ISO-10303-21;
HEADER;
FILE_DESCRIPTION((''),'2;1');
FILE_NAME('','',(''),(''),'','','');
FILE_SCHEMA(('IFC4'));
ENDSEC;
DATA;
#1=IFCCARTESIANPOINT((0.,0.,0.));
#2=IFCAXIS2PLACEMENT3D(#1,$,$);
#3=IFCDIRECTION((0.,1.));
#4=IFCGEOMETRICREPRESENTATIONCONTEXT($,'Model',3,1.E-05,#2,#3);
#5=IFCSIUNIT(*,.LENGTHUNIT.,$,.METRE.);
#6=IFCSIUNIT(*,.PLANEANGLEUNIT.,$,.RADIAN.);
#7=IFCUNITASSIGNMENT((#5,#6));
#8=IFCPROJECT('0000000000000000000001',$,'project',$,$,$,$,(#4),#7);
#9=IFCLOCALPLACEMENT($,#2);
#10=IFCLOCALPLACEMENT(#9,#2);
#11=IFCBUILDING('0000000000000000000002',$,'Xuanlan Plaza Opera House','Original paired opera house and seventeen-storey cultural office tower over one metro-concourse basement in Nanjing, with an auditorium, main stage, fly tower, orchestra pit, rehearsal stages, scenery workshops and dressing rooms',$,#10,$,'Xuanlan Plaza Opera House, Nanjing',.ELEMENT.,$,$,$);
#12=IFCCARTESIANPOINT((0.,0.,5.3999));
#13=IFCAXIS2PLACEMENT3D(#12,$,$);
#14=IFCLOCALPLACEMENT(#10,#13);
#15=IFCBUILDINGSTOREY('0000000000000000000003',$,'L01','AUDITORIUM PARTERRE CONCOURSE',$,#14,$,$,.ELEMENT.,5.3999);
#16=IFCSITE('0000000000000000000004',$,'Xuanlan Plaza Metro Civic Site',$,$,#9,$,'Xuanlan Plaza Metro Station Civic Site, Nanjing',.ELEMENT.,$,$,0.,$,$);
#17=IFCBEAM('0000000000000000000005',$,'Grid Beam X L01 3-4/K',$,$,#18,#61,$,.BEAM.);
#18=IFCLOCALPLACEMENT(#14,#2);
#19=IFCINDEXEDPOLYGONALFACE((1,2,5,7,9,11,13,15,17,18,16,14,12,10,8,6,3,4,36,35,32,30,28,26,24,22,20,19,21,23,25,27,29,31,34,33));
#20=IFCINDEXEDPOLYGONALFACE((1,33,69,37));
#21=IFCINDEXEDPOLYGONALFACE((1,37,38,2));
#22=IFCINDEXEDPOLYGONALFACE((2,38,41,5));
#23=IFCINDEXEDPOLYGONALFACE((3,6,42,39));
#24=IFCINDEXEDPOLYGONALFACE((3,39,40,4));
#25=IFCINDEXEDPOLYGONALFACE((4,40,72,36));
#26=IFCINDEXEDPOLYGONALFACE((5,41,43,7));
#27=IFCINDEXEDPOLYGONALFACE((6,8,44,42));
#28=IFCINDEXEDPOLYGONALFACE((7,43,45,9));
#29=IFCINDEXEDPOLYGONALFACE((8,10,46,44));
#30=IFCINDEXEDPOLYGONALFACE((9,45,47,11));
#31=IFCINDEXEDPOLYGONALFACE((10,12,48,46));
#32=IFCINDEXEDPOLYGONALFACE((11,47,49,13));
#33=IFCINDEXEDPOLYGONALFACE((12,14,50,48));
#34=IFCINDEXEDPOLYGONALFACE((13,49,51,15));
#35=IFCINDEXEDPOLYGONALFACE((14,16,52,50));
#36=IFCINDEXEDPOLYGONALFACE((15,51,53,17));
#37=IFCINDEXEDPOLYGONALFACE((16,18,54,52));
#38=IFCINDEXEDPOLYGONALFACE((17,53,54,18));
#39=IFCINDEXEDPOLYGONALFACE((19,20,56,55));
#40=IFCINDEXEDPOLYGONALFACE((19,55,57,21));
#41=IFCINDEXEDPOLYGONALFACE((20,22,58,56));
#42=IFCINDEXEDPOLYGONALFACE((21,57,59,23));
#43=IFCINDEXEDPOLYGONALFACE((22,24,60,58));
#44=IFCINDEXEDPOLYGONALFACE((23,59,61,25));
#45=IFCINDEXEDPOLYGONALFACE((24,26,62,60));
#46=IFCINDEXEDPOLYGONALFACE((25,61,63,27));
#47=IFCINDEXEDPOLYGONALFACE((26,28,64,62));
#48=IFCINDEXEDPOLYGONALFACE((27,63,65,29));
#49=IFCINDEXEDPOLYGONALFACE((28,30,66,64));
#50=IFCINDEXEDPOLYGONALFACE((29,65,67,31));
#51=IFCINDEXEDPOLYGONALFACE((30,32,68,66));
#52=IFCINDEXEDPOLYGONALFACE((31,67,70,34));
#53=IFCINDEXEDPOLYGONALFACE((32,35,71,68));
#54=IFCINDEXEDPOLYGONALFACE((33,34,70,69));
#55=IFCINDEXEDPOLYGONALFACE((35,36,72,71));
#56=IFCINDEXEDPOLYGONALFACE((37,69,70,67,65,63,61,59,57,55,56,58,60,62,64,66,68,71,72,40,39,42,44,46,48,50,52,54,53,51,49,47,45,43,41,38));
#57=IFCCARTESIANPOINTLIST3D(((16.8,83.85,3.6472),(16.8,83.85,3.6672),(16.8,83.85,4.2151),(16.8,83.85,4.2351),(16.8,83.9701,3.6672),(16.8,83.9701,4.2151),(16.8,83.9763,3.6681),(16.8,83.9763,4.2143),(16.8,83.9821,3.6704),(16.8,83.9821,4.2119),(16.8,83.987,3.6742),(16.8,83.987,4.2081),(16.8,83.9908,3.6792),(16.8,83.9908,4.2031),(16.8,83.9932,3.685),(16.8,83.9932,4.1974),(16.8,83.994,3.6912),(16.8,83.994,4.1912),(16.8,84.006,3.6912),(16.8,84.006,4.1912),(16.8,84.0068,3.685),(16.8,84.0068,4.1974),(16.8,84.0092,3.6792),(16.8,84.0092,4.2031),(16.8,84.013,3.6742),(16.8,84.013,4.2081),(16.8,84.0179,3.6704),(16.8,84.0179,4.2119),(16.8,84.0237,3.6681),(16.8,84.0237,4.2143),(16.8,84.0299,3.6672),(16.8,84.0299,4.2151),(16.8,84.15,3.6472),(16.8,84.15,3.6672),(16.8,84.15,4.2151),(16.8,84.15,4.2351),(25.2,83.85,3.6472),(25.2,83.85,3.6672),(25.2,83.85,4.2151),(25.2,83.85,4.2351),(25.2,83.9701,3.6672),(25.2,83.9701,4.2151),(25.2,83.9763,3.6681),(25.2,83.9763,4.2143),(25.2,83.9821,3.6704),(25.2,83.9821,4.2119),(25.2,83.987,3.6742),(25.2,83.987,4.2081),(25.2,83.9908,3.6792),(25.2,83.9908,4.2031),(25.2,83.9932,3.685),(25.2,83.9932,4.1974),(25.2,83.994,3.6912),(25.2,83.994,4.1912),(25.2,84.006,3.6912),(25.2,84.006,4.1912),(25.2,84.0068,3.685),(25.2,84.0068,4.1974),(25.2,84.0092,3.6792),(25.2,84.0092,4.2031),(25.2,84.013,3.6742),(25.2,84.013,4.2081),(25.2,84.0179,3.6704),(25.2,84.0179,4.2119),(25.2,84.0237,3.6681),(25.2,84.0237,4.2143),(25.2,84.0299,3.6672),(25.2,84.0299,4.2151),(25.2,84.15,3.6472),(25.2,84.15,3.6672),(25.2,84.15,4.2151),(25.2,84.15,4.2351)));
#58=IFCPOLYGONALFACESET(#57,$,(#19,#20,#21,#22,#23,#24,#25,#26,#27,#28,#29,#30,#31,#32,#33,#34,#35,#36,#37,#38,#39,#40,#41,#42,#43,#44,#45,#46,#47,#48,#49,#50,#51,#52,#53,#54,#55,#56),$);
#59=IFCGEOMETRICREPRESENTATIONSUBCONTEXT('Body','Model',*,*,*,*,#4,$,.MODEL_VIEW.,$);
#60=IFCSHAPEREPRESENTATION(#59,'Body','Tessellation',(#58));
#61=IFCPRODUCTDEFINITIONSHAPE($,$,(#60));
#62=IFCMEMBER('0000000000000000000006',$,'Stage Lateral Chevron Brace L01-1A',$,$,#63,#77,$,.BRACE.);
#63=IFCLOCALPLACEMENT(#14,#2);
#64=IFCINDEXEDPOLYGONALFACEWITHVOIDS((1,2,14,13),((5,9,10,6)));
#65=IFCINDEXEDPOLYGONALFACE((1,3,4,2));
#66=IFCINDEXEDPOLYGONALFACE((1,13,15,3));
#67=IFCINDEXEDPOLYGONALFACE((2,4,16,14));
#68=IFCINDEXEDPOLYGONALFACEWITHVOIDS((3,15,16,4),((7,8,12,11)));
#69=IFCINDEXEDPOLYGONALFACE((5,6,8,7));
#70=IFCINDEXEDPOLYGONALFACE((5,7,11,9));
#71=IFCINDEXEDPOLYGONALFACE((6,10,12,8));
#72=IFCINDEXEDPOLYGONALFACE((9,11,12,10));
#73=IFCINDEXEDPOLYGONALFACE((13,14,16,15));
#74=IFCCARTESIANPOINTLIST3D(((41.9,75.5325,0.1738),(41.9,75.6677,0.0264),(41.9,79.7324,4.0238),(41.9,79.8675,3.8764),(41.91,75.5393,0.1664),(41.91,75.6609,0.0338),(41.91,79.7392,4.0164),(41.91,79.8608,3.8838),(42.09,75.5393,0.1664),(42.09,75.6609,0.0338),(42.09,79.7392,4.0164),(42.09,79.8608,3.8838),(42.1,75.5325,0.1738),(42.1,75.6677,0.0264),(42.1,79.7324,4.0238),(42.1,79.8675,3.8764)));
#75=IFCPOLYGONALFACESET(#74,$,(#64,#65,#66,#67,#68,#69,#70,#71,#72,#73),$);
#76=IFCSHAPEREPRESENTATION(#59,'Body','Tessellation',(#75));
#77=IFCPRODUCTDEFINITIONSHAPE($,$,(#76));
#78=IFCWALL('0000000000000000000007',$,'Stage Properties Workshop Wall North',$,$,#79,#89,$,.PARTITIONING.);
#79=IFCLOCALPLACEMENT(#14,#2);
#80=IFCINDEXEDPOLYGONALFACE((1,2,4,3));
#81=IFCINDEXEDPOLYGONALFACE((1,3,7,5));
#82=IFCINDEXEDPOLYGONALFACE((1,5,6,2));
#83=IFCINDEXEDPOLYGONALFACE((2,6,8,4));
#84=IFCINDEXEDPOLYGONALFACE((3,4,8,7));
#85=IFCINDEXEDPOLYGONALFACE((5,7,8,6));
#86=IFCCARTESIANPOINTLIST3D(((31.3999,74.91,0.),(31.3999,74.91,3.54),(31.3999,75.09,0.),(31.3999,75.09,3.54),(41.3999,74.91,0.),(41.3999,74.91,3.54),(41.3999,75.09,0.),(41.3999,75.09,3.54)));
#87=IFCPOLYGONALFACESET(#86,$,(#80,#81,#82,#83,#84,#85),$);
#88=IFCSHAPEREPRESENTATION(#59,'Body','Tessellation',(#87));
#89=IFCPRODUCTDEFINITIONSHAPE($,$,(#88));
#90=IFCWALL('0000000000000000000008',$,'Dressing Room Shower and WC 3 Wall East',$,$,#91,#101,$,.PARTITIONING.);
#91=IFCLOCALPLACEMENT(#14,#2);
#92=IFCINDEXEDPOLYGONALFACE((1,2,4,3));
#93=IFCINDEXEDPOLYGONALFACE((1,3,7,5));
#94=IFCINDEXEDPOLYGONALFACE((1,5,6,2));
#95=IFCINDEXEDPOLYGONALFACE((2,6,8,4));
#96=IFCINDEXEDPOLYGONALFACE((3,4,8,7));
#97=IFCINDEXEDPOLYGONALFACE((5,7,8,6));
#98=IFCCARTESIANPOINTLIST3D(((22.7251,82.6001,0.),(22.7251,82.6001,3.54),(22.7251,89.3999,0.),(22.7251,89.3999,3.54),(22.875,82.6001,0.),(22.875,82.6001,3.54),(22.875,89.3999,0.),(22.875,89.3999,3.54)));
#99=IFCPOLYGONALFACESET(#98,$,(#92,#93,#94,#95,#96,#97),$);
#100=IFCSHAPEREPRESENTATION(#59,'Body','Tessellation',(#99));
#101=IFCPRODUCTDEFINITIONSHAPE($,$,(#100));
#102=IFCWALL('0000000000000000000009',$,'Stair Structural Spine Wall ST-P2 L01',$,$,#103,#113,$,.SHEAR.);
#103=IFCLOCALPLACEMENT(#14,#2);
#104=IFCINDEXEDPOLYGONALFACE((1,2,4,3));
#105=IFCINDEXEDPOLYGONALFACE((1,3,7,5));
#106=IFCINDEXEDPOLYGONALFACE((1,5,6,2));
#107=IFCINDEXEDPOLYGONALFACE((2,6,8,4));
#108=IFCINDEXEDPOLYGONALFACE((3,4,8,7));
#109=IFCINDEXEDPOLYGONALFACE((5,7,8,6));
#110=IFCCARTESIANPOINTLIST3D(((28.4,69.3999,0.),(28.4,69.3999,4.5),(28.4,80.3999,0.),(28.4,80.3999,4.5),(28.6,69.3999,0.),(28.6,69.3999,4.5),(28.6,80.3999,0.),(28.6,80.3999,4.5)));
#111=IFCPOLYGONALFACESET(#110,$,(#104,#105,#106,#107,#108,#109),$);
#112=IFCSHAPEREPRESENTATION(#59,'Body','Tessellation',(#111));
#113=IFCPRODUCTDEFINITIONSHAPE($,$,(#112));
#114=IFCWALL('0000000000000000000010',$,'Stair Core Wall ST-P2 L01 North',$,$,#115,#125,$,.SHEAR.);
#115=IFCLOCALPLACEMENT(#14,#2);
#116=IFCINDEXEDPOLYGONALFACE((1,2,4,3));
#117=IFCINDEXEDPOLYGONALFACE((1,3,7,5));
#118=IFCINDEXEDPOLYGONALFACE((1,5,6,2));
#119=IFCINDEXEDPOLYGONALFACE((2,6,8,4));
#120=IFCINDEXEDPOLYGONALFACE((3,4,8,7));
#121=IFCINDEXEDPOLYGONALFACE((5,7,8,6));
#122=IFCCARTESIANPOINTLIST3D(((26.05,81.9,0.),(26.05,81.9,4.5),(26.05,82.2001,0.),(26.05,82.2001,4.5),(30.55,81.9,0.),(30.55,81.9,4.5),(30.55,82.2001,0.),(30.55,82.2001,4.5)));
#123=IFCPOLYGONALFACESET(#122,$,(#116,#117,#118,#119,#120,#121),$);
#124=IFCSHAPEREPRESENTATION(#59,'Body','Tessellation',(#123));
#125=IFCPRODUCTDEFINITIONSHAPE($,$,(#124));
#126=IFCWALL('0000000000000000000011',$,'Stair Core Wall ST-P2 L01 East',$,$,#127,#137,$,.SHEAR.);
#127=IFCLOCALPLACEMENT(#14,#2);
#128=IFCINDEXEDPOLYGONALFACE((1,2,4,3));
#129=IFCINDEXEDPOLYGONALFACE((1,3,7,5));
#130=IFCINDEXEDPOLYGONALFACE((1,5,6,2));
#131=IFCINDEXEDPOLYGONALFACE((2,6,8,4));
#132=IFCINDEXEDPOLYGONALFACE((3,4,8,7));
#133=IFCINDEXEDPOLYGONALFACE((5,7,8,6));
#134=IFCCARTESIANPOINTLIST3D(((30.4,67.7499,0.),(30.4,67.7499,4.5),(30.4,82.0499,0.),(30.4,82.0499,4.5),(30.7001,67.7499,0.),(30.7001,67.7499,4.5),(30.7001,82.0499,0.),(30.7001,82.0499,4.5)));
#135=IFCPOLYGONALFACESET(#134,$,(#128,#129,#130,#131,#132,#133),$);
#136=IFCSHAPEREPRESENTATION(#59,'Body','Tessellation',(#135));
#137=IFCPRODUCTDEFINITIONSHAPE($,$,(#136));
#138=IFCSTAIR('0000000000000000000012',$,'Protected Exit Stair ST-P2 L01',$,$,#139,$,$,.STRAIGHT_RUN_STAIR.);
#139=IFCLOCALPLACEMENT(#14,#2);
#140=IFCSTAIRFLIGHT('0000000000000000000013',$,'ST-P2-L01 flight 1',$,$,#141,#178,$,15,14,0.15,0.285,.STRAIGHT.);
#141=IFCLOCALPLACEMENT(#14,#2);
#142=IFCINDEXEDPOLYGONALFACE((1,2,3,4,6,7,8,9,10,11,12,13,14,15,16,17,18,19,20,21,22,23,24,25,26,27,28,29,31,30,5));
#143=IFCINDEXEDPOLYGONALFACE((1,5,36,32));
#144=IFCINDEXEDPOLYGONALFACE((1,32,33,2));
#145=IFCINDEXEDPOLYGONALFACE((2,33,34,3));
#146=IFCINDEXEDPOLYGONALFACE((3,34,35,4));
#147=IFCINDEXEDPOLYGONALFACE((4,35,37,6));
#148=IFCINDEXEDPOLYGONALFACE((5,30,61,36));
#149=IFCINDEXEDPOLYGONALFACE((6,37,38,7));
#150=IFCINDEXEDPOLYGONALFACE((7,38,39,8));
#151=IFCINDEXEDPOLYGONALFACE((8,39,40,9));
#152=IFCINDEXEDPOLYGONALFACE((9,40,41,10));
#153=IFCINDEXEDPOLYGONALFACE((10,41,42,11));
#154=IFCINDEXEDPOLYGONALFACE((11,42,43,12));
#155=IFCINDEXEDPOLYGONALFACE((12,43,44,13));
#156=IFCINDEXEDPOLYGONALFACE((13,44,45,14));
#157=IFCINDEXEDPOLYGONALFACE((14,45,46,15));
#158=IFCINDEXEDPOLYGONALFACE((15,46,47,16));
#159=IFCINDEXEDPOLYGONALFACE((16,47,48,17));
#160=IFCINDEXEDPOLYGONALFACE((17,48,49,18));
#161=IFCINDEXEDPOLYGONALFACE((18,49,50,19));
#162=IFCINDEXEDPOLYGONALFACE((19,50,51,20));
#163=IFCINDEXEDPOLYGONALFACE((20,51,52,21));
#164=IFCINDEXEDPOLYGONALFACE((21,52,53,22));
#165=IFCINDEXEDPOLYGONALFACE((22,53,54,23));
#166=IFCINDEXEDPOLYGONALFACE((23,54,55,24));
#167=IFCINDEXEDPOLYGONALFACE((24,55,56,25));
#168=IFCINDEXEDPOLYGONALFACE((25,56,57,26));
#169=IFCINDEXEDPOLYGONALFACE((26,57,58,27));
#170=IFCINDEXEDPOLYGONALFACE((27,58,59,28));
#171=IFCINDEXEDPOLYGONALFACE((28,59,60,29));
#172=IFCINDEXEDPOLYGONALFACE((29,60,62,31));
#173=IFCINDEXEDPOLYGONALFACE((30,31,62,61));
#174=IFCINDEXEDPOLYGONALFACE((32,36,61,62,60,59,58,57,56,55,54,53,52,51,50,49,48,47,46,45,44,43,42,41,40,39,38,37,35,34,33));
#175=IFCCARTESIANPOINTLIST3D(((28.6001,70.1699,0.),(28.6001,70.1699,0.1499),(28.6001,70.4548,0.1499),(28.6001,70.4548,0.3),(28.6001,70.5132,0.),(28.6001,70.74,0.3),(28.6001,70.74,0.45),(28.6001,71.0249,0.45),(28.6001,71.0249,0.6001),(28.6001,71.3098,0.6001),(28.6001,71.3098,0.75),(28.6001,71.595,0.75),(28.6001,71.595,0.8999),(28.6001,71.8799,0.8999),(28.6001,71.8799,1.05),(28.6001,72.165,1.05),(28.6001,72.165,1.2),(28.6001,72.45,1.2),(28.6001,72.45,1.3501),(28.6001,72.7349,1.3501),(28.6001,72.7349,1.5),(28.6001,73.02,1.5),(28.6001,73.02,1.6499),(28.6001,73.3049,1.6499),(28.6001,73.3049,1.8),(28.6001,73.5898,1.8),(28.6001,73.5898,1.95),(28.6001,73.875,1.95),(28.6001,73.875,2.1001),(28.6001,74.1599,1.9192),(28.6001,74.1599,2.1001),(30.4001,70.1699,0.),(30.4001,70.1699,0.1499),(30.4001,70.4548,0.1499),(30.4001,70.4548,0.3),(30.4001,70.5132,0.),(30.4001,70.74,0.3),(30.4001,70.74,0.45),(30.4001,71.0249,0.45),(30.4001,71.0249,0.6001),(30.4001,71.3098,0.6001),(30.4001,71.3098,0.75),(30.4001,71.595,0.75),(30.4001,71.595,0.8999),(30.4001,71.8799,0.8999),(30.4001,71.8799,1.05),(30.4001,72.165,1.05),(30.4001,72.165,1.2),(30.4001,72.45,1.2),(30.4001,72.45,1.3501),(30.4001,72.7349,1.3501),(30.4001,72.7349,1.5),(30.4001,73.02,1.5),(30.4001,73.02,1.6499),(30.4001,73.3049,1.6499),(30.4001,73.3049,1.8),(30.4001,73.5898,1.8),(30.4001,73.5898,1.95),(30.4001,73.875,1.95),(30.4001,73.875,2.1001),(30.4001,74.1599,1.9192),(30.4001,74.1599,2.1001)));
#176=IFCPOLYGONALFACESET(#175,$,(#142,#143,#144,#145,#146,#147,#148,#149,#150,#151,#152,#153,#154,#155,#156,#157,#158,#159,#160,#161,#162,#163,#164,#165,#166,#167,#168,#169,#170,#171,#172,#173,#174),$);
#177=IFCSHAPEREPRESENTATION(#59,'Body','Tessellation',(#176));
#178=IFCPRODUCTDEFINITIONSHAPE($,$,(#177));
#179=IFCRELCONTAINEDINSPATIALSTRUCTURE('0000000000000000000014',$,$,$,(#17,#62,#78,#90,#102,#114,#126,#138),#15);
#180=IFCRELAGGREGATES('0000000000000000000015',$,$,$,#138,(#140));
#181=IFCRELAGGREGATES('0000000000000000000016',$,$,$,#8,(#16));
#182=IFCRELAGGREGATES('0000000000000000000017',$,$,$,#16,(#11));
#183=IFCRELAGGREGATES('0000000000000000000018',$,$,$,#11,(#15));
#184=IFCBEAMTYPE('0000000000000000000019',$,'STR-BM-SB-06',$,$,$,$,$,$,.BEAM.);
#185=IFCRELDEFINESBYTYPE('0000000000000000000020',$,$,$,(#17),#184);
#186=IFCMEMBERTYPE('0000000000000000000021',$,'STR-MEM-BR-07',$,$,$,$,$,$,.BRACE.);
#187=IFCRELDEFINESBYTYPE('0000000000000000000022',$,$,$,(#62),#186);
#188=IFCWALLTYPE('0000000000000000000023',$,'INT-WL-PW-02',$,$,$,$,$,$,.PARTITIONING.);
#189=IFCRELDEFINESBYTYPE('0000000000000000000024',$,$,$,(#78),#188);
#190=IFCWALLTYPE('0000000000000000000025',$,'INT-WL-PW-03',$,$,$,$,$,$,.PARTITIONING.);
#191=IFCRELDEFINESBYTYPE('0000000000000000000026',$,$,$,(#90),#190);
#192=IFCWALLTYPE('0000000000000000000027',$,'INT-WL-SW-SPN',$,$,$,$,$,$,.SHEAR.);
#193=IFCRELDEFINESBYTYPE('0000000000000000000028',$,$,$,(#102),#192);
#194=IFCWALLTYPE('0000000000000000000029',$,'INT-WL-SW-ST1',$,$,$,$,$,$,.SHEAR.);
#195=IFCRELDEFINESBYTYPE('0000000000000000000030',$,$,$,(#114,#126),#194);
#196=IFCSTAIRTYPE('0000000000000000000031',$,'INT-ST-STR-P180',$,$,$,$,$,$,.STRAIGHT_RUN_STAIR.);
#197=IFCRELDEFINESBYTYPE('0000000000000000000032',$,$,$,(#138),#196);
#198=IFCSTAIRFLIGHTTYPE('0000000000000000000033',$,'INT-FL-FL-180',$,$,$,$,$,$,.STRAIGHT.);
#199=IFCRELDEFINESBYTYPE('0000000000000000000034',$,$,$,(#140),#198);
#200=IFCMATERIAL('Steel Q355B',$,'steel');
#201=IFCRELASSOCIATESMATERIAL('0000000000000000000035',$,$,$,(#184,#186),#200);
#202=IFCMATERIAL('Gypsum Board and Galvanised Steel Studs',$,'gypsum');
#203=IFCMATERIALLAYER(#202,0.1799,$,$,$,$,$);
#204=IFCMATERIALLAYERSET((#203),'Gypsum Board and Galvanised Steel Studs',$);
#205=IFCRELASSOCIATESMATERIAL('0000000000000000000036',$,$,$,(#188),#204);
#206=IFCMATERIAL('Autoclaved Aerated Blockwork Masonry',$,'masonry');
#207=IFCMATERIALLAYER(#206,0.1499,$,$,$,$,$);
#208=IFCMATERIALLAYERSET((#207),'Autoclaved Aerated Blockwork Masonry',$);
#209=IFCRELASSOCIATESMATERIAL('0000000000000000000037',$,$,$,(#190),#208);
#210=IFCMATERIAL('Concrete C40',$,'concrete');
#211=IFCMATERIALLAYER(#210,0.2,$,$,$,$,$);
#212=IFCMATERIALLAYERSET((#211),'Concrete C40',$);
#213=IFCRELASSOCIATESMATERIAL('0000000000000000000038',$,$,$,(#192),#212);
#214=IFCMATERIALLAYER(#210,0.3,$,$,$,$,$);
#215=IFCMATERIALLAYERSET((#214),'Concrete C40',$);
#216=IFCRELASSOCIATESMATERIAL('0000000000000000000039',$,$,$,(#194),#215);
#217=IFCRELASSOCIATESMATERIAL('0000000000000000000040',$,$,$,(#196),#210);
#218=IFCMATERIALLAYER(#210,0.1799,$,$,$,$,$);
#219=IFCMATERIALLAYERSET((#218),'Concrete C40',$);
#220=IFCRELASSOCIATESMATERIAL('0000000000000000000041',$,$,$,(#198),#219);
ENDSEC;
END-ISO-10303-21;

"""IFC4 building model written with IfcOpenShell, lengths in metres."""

from ifc_helpers import new_model, si_unit, direction, frame, frame_2d, origin, origin_2d, place, context, subcontext, project, spatial, polyline, rectangle, hollow_rectangle, i_section, outline, extrude, material, layer, layer_set, material_profile, profile_set, type_object, element, aggregate, save


model = new_model("IFC4")

# Units and contexts
model_context = context("Model", 3, precision=1e-05, world=origin(), true_north=direction((0.0, 1.0)))
body_context = subcontext(model_context, "Body", "Model", "MODEL_VIEW")
ifc_project = project(units=[si_unit("LENGTHUNIT", "METRE"), si_unit("PLANEANGLEUNIT", "RADIAN")], contexts=[model_context])

# Site, building, storey
site_placement = place(None, origin())
site = spatial("IfcSite", under=ifc_project, at=site_placement, Name="Xuanlan Plaza Metro Civic Site", LongName="Xuanlan Plaza Metro Station Civic Site, Nanjing", CompositionType="ELEMENT", RefElevation=0.0)
building_placement = place(site_placement, origin())
building = spatial("IfcBuilding", under=site, at=building_placement, Name="Xuanlan Plaza Opera House", Description="Original paired opera house and seventeen-storey cultural office tower over one metro-concourse basement in Nanjing, with an auditorium, main stage, fly tower, orchestra pit, rehearsal stages, scenery workshops and dressing rooms", LongName="Xuanlan Plaza Opera House, Nanjing", CompositionType="ELEMENT")
storey_placement = place(building_placement, frame((0.0, 0.0, 5.3999)))
storey = spatial("IfcBuildingStorey", under=building, at=storey_placement, Name="L01", Description="AUDITORIUM PARTERRE CONCOURSE", CompositionType="ELEMENT", Elevation=5.3999)

# Shared definitions
ifc_material_1 = material(Name="Concrete C40", Category="concrete")

# Beam
ifc_material_2 = material(Name="Steel Q355B", Category="steel")
ifc_material_profile_1 = material_profile(ifc_material_2, i_section(OverallWidth=0.3, OverallDepth=0.5879, WebThickness=0.012, FlangeThickness=0.02, FilletRadius=0.0239, at=origin_2d()), Name="HM 588x300x12x20")
ifc_profile_set_1 = profile_set([ifc_material_profile_1], Name="Steel Q355B")
beam_type_1 = type_object("IfcBeamType", Name="STR-BM-SB-06", PredefinedType="BEAM", material=ifc_profile_set_1)
beam_1_placement = place(storey_placement, frame((16.8, 84.0, 3.9412), z_axis=(1.0, 0.0, 0.0), x_axis=(0.0, 1.0, 0.0)))
element("IfcBeam", 1, at=beam_1_placement, inside=storey, type_object=beam_type_1, Name="Grid Beam X L01 3-4/K", PredefinedType="BEAM", context=body_context, shape_type="SweptSolid", body=[
    extrude(i_section(OverallWidth=0.3, OverallDepth=0.5879, WebThickness=0.012, FlangeThickness=0.02, FilletRadius=0.0239, at=origin_2d()), origin(), (0.0, 0.0, 1.0), 8.3999),
])

# Member
ifc_material_profile_2 = material_profile(ifc_material_2, hollow_rectangle(XDim=0.2, YDim=0.2, WallThickness=0.01, at=origin_2d()), Name="SHS 200x200x10")
ifc_profile_set_2 = profile_set([ifc_material_profile_2], Name="Steel Q355B")
member_type = type_object("IfcMemberType", Name="STR-MEM-BR-07", PredefinedType="BRACE", material=ifc_profile_set_2)
member_placement = place(storey_placement, frame((42.0, 75.6001, 0.1001), z_axis=(0.0, 0.737142, 0.675738), x_axis=(-1.0, 0.0, 0.0)))
element("IfcMember", 2, at=member_placement, inside=storey, type_object=member_type, Name="Stage Lateral Chevron Brace L01-1A", PredefinedType="BRACE", context=body_context, shape_type="SweptSolid", body=[
    extrude(hollow_rectangle(XDim=0.2, YDim=0.2, WallThickness=0.01, at=origin_2d()), origin(), (0.0, 0.0, 1.0), 5.6975),
])

# Walls
ifc_material_3 = material(Name="Gypsum Board and Galvanised Steel Studs", Category="gypsum")
ifc_layer_1 = layer(ifc_material_3, 0.1799)
ifc_layer_set_1 = layer_set([ifc_layer_1], Name="Gypsum Board and Galvanised Steel Studs")
wall_type_1 = type_object("IfcWallType", Name="INT-WL-PW-02", PredefinedType="PARTITIONING", material=ifc_layer_set_1)
wall_1_placement = place(storey_placement, frame((31.3999, 75.0, 0.0), z_axis=(0.0, 0.0, 1.0), x_axis=(1.0, 0.0, 0.0)))
element("IfcWall", 3, at=wall_1_placement, inside=storey, type_object=wall_type_1, Name="Stage Properties Workshop Wall North", PredefinedType="PARTITIONING", context=body_context, shape_type="SweptSolid", body=[
    extrude(rectangle(XDim=10.0, YDim=0.1799, at=frame_2d((5.0, 0.0))), origin(), (0.0, 0.0, 1.0), 3.54),
])
ifc_material_4 = material(Name="Autoclaved Aerated Blockwork Masonry", Category="masonry")
ifc_layer_2 = layer(ifc_material_4, 0.1499)
ifc_layer_set_2 = layer_set([ifc_layer_2], Name="Autoclaved Aerated Blockwork Masonry")
wall_type_2 = type_object("IfcWallType", Name="INT-WL-PW-03", PredefinedType="PARTITIONING", material=ifc_layer_set_2)
wall_2_placement = place(storey_placement, frame((22.8, 82.6001, 0.0), z_axis=(0.0, 0.0, 1.0), x_axis=(0.0, 1.0, 0.0)))
element("IfcWall", 4, at=wall_2_placement, inside=storey, type_object=wall_type_2, Name="Dressing Room Shower and WC 3 Wall East", PredefinedType="PARTITIONING", context=body_context, shape_type="SweptSolid", body=[
    extrude(rectangle(XDim=6.7998, YDim=0.1499, at=frame_2d((3.3999, 0.0))), origin(), (0.0, 0.0, 1.0), 3.54),
])
ifc_layer_3 = layer(ifc_material_1, 0.2)
ifc_layer_set_3 = layer_set([ifc_layer_3], Name="Concrete C40")
wall_type_3 = type_object("IfcWallType", Name="INT-WL-SW-SPN", PredefinedType="SHEAR", material=ifc_layer_set_3)
wall_3_placement = place(storey_placement, frame((28.5, 69.3999, 0.0), z_axis=(0.0, 0.0, 1.0), x_axis=(0.0, 1.0, 0.0)))
element("IfcWall", 5, at=wall_3_placement, inside=storey, type_object=wall_type_3, Name="Stair Structural Spine Wall ST-P2 L01", PredefinedType="SHEAR", context=body_context, shape_type="SweptSolid", body=[
    extrude(rectangle(XDim=11.0, YDim=0.2, at=frame_2d((5.5, 0.0))), origin(), (0.0, 0.0, 1.0), 4.5),
])
ifc_layer_4 = layer(ifc_material_1, 0.3)
ifc_layer_set_4 = layer_set([ifc_layer_4], Name="Concrete C40")
wall_type_4 = type_object("IfcWallType", Name="INT-WL-SW-ST1", PredefinedType="SHEAR", material=ifc_layer_set_4)
wall_4_placement = place(storey_placement, frame((26.05, 82.05, 0.0), z_axis=(0.0, 0.0, 1.0), x_axis=(1.0, 0.0, 0.0)))
element("IfcWall", 6, at=wall_4_placement, inside=storey, type_object=wall_type_4, Name="Stair Core Wall ST-P2 L01 North", PredefinedType="SHEAR", context=body_context, shape_type="SweptSolid", body=[
    extrude(rectangle(XDim=4.5, YDim=0.3, at=frame_2d((2.25, 0.0))), origin(), (0.0, 0.0, 1.0), 4.5),
])
wall_5_placement = place(storey_placement, frame((30.55, 67.75, 0.0), z_axis=(0.0, 0.0, 1.0), x_axis=(0.0, 1.0, 0.0)))
element("IfcWall", 7, at=wall_5_placement, inside=storey, type_object=wall_type_4, Name="Stair Core Wall ST-P2 L01 East", PredefinedType="SHEAR", context=body_context, shape_type="SweptSolid", body=[
    extrude(rectangle(XDim=14.3, YDim=0.3, at=frame_2d((7.1499, 0.0))), origin(), (0.0, 0.0, 1.0), 4.5),
])

# Stair, stair flight
stair_type = type_object("IfcStairType", Name="INT-ST-STR-P180", PredefinedType="STRAIGHT_RUN_STAIR", material=ifc_material_1)
stair_placement = place(storey_placement, origin())
stair = element("IfcStair", 8, at=stair_placement, inside=storey, type_object=stair_type, Name="Protected Exit Stair ST-P2 L01", PredefinedType="STRAIGHT_RUN_STAIR")
ifc_layer_5 = layer(ifc_material_1, 0.1799)
ifc_layer_set_5 = layer_set([ifc_layer_5], Name="Concrete C40")
stair_flight_type = type_object("IfcStairFlightType", Name="INT-FL-FL-180", PredefinedType="STRAIGHT", material=ifc_layer_set_5)
stair_flight_1_placement = place(storey_placement, frame((29.5, 70.1699, 0.0), z_axis=(0.0, 0.0, 1.0), x_axis=(0.0, 1.0, 0.0)))
stair_flight_1 = element("IfcStairFlight", 9, at=stair_flight_1_placement, type_object=stair_flight_type, Name="ST-P2-L01 flight 1", NumberOfRisers=15, NumberOfTreads=14, PredefinedType="STRAIGHT", RiserHeight=0.15, TreadLength=0.285, context=body_context, shape_type="SweptSolid", body=[
    extrude(outline(polyline([(0.0, 0.0), (0.0, 0.1499), (0.2849, 0.1499), (0.2849, 0.3), (0.5701, 0.3), (0.5701, 0.45), (0.855, 0.45), (0.855, 0.6001), (1.1399, 0.6001), (1.1399, 0.75), (1.425, 0.75), (1.425, 0.8999), (1.71, 0.8999), (1.71, 1.05), (1.9951, 1.05), (1.9951, 1.2), (2.28, 1.2), (2.28, 1.3501), (2.5649, 1.3501), (2.5649, 1.5), (2.8501, 1.5), (2.8501, 1.6499), (3.135, 1.6499), (3.135, 1.8), (3.4199, 1.8), (3.4199, 1.95), (3.7051, 1.95), (3.7051, 2.1001), (3.99, 2.1001), (3.99, 2.25), (3.99, 1.9192), (0.3433, 0.0), (0.0, 0.0)])), frame((0.0, 0.8999, 0.0), z_axis=(0.0, -1.0, 0.0), x_axis=(1.0, 0.0, 0.0)), (0.0, 0.0, 1.0), 1.8),
])
aggregate(stair, [stair_flight_1])

save(model, "model.ifc")
